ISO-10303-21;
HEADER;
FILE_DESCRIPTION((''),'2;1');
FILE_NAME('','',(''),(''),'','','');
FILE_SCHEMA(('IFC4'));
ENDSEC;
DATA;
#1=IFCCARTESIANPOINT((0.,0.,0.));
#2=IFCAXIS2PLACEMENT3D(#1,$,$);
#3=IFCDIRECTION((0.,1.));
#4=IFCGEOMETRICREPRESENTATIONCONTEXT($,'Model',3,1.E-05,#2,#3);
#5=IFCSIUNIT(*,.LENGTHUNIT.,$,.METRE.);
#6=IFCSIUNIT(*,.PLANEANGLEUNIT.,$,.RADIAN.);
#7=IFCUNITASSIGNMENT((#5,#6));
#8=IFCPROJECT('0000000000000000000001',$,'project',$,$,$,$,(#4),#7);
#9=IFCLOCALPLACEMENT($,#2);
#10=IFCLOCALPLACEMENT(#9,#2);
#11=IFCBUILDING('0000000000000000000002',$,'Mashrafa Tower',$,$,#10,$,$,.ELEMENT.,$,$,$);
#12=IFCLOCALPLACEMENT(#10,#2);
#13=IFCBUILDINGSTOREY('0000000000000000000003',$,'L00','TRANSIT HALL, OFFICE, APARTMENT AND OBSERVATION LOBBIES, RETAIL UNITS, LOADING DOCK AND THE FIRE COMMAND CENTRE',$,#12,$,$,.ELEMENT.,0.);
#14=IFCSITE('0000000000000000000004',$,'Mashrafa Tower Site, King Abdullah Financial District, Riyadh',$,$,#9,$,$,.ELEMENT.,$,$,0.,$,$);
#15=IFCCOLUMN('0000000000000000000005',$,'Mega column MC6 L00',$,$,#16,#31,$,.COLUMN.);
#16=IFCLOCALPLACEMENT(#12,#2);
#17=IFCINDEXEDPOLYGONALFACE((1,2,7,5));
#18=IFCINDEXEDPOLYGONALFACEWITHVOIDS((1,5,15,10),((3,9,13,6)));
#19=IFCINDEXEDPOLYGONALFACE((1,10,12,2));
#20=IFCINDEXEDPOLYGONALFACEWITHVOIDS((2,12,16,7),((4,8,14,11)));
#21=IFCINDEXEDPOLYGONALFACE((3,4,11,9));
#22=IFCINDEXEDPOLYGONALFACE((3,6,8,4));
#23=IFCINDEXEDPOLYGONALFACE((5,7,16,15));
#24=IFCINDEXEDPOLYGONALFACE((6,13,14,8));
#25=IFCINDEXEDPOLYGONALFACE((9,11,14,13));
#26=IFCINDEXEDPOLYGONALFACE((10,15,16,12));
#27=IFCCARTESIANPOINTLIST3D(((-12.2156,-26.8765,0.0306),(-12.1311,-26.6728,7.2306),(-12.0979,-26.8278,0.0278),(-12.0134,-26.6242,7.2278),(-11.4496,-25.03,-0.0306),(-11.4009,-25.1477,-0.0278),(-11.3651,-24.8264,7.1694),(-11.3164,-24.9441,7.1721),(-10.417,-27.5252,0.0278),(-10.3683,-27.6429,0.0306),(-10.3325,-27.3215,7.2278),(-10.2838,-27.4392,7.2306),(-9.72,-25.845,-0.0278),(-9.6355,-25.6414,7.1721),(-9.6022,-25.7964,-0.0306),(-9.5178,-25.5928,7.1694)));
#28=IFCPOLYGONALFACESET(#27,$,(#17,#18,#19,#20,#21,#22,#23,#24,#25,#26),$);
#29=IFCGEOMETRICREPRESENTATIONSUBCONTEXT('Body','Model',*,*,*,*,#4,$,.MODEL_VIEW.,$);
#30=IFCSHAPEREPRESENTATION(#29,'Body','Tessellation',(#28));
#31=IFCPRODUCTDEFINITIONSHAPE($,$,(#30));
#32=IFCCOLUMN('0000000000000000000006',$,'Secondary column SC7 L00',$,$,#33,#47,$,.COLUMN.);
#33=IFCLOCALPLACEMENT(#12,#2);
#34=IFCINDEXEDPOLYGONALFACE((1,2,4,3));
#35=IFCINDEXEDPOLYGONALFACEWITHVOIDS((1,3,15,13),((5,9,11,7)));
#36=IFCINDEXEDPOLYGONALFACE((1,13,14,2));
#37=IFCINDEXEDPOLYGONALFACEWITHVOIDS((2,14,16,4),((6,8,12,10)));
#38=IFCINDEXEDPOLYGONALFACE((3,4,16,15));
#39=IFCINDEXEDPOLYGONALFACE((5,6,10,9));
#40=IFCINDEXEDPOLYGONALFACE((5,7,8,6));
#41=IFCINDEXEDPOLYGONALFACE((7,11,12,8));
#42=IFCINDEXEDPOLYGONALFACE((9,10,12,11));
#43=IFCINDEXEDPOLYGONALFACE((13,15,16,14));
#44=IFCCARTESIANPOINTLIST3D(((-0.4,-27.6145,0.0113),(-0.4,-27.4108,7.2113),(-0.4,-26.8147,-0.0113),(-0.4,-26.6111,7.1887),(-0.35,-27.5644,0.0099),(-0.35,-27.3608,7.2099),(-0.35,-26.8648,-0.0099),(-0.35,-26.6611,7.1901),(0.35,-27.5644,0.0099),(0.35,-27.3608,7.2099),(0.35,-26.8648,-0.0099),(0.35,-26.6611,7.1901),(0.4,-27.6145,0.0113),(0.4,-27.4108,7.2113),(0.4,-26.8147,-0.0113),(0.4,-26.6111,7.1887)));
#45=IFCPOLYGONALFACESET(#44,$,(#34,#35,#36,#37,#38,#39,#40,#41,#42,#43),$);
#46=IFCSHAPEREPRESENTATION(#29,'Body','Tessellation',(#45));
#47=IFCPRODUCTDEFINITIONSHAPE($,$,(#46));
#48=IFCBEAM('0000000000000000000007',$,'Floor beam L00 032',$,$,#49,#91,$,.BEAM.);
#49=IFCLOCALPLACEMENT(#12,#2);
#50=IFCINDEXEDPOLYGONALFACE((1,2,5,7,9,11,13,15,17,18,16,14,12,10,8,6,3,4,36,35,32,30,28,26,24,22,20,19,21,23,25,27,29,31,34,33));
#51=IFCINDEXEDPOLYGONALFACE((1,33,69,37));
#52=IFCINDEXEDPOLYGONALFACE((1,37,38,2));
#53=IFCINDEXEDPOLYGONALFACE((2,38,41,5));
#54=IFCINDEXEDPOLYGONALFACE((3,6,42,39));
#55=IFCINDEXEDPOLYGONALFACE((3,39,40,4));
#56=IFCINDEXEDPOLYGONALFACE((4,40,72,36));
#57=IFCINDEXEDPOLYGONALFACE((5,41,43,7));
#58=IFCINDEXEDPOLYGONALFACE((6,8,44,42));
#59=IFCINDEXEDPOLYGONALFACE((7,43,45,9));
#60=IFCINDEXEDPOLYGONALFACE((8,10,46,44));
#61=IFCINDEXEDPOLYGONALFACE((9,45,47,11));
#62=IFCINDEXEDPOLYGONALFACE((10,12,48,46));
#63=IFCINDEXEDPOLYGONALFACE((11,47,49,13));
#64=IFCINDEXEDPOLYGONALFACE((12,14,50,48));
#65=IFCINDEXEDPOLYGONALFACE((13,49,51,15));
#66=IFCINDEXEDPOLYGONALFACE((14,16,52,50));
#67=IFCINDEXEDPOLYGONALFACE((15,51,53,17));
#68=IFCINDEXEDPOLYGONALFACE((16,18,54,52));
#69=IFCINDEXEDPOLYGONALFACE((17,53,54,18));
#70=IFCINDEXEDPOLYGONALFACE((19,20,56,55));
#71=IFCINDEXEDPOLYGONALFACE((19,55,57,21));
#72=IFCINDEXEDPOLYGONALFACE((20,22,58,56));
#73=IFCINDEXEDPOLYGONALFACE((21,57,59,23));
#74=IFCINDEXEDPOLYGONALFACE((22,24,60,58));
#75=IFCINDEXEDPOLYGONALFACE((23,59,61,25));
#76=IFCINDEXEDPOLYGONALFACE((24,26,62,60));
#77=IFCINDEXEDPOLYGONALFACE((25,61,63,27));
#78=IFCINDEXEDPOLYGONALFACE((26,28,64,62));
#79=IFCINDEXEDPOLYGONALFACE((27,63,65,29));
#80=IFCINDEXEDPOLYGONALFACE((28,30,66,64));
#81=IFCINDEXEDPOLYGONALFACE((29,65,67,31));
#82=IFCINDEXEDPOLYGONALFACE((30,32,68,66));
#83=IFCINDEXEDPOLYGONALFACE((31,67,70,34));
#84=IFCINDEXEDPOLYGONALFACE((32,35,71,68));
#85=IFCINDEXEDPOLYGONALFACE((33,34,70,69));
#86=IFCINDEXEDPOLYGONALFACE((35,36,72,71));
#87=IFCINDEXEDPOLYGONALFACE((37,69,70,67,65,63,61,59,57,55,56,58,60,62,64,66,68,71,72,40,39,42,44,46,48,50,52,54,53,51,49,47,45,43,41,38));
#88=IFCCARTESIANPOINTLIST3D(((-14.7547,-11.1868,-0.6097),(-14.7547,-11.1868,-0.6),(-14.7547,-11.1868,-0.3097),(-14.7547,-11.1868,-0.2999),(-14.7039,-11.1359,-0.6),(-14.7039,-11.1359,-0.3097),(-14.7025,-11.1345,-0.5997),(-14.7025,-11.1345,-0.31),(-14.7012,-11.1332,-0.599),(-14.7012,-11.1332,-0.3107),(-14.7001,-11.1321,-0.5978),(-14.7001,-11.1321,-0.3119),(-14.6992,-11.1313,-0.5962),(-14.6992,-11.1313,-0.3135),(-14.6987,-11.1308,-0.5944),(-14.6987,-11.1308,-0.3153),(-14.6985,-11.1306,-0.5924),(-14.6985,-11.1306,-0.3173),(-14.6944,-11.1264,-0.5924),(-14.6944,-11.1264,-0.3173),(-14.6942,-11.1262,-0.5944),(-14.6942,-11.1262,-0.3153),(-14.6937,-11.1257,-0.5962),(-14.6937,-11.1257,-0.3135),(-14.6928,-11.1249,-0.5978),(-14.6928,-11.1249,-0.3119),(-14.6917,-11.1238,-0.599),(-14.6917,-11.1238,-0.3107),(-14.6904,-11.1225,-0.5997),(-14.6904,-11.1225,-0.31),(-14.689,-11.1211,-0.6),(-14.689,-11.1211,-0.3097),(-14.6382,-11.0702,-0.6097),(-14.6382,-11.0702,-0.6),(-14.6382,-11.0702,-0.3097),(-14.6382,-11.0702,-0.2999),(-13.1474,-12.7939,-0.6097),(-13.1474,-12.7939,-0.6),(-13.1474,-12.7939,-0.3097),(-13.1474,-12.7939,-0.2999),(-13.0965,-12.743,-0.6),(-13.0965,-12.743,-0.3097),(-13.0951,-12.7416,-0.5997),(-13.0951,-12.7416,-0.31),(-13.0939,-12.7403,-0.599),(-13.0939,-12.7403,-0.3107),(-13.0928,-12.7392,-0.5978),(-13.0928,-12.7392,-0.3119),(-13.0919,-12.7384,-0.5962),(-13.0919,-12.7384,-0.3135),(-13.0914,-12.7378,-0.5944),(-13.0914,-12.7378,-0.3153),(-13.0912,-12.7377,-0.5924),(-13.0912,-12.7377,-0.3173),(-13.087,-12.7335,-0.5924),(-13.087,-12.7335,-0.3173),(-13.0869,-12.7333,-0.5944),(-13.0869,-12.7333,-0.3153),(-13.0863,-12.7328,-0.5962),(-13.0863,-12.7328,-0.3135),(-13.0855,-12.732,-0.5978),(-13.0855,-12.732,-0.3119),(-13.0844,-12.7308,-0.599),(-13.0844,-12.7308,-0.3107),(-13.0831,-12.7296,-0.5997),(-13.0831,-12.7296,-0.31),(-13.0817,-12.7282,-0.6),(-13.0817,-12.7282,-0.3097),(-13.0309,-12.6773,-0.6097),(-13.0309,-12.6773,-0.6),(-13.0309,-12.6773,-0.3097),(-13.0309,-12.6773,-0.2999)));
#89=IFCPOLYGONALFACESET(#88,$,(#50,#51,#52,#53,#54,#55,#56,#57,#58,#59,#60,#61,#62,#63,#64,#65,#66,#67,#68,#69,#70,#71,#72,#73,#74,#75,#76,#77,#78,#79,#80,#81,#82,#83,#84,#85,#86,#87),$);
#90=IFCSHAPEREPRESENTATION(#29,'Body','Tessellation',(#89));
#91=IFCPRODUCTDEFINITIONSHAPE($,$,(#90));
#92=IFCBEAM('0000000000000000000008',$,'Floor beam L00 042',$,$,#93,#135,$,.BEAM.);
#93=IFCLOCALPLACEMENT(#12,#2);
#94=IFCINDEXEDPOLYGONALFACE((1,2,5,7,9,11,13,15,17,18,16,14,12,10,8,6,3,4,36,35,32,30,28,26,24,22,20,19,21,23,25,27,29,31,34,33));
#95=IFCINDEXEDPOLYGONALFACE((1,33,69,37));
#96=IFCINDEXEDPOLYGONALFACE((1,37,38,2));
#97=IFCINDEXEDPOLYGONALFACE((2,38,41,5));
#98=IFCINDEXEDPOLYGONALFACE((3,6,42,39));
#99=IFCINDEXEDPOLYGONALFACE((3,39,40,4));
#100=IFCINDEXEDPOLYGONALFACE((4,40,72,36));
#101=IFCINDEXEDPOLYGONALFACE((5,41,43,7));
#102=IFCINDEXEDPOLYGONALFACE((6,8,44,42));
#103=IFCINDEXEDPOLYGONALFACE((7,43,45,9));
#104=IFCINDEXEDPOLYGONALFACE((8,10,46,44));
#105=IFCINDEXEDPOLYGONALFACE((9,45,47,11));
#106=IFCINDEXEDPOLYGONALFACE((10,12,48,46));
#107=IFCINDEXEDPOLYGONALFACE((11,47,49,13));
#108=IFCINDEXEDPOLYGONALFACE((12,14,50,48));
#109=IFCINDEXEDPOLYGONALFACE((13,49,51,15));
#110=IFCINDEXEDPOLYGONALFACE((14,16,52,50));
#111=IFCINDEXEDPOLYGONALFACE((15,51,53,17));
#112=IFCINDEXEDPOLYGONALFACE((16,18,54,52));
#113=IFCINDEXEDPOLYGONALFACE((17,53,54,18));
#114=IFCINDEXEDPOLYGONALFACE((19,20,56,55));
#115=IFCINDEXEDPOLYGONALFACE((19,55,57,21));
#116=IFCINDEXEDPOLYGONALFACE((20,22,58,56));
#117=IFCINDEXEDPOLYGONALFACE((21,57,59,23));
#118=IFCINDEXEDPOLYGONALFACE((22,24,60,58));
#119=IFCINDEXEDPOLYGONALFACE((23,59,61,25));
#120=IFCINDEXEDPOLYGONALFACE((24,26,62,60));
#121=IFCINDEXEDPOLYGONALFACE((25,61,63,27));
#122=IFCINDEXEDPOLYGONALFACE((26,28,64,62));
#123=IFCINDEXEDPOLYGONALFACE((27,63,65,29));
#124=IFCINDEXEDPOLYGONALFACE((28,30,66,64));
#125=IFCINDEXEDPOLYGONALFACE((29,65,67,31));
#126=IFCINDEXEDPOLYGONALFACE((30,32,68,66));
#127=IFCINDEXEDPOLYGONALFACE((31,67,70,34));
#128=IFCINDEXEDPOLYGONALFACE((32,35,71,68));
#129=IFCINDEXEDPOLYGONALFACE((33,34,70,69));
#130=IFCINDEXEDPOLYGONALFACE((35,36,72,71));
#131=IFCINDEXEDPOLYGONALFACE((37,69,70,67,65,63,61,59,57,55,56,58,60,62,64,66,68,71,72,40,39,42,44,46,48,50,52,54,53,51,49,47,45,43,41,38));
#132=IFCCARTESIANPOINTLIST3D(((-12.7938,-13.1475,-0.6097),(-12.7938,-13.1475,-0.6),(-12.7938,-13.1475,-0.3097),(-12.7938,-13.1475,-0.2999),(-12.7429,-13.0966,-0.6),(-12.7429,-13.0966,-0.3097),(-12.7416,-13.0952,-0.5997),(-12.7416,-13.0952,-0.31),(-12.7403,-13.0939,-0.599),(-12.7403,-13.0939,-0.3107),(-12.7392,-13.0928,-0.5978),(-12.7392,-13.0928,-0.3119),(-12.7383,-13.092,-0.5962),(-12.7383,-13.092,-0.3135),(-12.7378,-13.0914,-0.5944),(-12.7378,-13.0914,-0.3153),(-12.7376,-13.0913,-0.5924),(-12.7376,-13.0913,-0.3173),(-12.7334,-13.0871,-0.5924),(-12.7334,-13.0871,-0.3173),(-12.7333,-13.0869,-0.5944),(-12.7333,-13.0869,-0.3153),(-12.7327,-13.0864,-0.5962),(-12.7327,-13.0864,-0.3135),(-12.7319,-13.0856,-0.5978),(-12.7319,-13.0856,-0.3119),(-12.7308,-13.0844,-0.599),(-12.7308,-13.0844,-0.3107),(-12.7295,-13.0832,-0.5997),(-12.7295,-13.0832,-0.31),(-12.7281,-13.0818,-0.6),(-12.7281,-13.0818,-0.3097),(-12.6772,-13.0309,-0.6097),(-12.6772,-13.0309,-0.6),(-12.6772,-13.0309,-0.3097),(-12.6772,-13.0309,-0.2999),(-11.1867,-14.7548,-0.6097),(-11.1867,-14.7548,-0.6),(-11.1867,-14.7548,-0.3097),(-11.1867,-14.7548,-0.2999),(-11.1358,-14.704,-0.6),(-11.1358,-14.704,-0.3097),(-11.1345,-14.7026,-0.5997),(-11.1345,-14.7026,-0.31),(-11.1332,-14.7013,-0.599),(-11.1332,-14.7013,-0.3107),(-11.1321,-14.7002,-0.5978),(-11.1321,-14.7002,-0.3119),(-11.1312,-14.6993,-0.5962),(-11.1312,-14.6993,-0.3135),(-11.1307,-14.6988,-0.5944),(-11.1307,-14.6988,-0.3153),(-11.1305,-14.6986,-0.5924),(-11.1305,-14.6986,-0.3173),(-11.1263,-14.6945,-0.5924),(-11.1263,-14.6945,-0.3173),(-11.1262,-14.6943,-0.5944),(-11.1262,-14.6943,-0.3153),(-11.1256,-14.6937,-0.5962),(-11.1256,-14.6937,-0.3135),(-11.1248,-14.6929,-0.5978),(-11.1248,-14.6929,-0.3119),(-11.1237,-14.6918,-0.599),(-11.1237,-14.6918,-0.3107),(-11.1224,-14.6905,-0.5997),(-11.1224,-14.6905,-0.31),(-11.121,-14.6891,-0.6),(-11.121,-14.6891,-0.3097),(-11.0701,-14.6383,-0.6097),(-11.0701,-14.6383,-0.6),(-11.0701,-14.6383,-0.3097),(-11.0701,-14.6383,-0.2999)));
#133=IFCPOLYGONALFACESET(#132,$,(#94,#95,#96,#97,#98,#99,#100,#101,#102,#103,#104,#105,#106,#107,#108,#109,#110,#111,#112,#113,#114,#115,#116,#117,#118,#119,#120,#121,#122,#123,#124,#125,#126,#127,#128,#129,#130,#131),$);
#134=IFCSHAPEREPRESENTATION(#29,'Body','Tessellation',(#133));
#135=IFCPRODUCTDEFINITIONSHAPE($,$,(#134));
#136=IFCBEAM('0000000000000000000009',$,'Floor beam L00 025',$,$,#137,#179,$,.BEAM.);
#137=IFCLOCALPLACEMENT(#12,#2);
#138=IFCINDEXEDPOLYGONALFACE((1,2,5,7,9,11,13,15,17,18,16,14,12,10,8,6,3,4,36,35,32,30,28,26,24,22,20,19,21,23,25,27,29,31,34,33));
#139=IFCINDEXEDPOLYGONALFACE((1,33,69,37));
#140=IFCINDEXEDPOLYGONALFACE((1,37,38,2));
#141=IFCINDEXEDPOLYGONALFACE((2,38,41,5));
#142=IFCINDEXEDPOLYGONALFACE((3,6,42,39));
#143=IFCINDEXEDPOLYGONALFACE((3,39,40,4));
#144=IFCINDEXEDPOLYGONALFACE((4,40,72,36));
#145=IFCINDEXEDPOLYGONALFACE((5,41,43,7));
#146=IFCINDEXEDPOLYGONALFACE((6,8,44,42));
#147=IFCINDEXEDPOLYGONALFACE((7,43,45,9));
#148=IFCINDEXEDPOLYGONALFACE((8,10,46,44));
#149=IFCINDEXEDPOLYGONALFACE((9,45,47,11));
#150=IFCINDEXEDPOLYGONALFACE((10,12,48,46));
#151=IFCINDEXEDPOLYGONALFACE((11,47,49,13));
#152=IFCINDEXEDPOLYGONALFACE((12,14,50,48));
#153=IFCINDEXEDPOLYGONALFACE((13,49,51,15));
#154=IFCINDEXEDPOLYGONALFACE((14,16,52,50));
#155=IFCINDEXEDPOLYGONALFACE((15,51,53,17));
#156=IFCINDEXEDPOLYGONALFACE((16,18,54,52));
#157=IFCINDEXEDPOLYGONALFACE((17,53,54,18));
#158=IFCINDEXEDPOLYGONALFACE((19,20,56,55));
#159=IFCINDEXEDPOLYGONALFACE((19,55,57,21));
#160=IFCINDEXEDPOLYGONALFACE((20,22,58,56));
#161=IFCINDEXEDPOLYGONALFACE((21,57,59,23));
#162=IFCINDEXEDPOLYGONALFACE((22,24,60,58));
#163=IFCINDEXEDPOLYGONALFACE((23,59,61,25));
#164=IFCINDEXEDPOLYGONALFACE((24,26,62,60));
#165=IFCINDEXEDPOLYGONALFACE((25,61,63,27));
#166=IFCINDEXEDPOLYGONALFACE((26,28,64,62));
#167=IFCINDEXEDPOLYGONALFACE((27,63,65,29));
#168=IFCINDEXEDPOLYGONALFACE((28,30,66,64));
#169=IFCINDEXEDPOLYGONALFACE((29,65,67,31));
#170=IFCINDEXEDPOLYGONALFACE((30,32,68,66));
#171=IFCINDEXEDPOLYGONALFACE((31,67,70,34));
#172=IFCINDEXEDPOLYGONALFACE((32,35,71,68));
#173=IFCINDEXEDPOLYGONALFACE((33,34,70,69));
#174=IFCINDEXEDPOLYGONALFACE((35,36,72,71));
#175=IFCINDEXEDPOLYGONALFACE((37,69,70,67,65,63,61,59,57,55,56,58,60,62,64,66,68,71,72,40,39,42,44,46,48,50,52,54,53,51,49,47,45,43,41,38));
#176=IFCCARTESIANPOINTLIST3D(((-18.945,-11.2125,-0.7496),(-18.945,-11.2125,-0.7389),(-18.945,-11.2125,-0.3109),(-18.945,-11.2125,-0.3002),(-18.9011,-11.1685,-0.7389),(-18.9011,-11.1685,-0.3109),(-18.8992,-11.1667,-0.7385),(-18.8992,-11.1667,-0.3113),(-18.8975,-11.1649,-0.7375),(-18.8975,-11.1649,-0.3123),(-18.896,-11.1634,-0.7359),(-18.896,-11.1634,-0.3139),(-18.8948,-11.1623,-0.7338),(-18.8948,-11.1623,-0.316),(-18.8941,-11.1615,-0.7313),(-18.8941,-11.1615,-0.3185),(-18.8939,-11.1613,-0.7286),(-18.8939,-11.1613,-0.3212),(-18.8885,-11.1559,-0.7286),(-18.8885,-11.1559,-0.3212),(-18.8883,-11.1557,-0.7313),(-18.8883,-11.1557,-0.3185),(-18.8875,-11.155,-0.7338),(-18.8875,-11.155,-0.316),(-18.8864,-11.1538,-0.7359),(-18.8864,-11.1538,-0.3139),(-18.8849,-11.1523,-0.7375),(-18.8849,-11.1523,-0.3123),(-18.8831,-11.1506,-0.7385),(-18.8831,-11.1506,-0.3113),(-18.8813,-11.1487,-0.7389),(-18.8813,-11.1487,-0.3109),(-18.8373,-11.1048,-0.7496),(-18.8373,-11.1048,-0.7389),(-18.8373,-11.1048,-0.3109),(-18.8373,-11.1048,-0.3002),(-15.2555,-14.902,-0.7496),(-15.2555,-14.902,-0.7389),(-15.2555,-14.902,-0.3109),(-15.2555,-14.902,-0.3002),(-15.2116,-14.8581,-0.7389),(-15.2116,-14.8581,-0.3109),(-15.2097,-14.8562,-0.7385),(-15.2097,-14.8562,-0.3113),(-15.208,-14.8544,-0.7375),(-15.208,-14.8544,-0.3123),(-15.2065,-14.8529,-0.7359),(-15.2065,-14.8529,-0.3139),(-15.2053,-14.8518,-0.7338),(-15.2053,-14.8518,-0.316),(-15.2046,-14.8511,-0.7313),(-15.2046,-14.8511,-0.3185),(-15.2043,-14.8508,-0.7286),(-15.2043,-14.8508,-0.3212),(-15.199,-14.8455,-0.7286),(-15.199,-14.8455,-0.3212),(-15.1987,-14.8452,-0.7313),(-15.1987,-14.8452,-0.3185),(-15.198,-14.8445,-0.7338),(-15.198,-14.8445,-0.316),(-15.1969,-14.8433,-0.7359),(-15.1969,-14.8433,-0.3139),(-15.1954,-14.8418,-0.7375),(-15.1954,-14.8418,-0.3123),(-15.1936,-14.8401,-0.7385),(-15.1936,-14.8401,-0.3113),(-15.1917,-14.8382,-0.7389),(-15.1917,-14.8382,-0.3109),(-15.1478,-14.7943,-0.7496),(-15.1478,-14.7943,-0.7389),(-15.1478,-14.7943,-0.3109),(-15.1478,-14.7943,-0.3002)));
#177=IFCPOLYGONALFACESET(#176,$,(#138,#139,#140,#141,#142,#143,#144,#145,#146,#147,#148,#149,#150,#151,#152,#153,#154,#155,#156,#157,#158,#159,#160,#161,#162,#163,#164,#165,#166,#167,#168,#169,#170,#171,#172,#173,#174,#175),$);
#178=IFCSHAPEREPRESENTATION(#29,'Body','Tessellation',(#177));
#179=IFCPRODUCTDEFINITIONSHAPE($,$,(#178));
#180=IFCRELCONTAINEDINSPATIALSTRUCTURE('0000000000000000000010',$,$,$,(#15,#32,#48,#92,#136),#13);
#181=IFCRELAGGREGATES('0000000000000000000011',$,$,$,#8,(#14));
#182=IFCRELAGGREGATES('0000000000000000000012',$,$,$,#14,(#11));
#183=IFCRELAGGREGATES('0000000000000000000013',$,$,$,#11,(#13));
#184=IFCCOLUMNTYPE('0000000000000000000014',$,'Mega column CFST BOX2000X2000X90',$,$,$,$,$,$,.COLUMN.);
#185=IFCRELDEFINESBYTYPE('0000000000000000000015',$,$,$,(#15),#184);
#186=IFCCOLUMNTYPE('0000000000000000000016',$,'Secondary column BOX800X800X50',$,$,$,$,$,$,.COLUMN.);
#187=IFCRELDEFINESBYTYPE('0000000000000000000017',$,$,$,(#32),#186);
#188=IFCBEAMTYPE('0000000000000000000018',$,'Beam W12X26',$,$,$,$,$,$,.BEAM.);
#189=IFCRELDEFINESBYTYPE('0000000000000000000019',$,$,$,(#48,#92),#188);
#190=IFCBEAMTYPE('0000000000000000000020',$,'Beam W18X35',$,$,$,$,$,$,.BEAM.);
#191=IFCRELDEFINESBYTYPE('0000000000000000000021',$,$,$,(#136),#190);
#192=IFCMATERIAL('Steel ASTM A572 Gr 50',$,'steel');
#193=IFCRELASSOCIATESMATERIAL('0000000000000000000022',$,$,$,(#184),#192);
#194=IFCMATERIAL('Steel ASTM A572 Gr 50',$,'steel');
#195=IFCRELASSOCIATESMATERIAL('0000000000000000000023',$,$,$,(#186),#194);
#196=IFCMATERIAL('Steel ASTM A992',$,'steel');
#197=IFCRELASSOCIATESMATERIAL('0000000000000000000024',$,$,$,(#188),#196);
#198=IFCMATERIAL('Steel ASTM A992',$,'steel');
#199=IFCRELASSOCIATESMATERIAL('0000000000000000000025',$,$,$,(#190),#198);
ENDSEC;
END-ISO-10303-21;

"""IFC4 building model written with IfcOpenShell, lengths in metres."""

from ifc_helpers import new_model, si_unit, direction, frame, origin, origin_2d, place, context, subcontext, project, spatial, hollow_rectangle, i_section, extrude, material, material_profile, profile_set, type_object, element, save


model = new_model("IFC4")

# Units and contexts
model_context = context("Model", 3, precision=1e-05, world=origin(), true_north=direction((0.0, 1.0)))
body_context = subcontext(model_context, "Body", "Model", "MODEL_VIEW")
ifc_project = project(units=[si_unit("LENGTHUNIT", "METRE"), si_unit("PLANEANGLEUNIT", "RADIAN")], contexts=[model_context])

# Site, building, storey
site_placement = place(None, origin())
site = spatial("IfcSite", under=ifc_project, at=site_placement, Name="Mashrafa Tower Site, King Abdullah Financial District, Riyadh", CompositionType="ELEMENT", RefElevation=0.0)
building_placement = place(site_placement, origin())
building = spatial("IfcBuilding", under=site, at=building_placement, Name="Mashrafa Tower", CompositionType="ELEMENT")
storey_placement = place(building_placement, origin())
storey = spatial("IfcBuildingStorey", under=building, at=storey_placement, Name="L00", Description="TRANSIT HALL, OFFICE, APARTMENT AND OBSERVATION LOBBIES, RETAIL UNITS, LOADING DOCK AND THE FIRE COMMAND CENTRE", CompositionType="ELEMENT", Elevation=0.0)

# Columns
ifc_material_1 = material(Name="Steel ASTM A572 Gr 50", Category="steel")
ifc_material_profile_1 = material_profile(ifc_material_1, hollow_rectangle(XDim=2.0, YDim=2.0, WallThickness=0.0901, at=origin_2d()), Name="BOX2000X2000X90")
ifc_profile_set_1 = profile_set([ifc_material_profile_1], Name="Steel ASTM A572 Gr 50")
column_type_1 = type_object("IfcColumnType", Name="Mega column CFST BOX2000X2000X90", PredefinedType="COLUMN", material=ifc_profile_set_1)
column_1_placement = place(storey_placement, frame((-10.9089, -26.3364, 0.0), z_axis=(0.011727, 0.028267, 0.999532), x_axis=(-0.923666, 0.383199, 0.0)))
element("IfcColumn", 1, at=column_1_placement, inside=storey, type_object=column_type_1, Name="Mega column MC6 L00", PredefinedType="COLUMN", context=body_context, shape_type="SweptSolid", body=[
    extrude(hollow_rectangle(XDim=2.0, YDim=2.0, WallThickness=0.0901, at=origin_2d()), origin(), (0.0, 0.0, 1.0), 7.2034),
])
ifc_material_2 = material(Name="Steel ASTM A572 Gr 50", Category="steel")
ifc_material_profile_2 = material_profile(ifc_material_2, hollow_rectangle(XDim=0.8, YDim=0.8, WallThickness=0.05, at=origin_2d()), Name="BOX800X800X50")
ifc_profile_set_2 = profile_set([ifc_material_profile_2], Name="Steel ASTM A572 Gr 50")
column_type_2 = type_object("IfcColumnType", Name="Secondary column BOX800X800X50", PredefinedType="COLUMN", material=ifc_profile_set_2)
column_2_placement = place(storey_placement, frame((0.0, -27.2146, 0.0), z_axis=(0.0, 0.028269, 0.9996), x_axis=(-1.0, 0.0, 0.0)))
element("IfcColumn", 2, at=column_2_placement, inside=storey, type_object=column_type_2, Name="Secondary column SC7 L00", PredefinedType="COLUMN", context=body_context, shape_type="SweptSolid", body=[
    extrude(hollow_rectangle(XDim=0.8, YDim=0.8, WallThickness=0.05, at=origin_2d()), origin(), (0.0, 0.0, 1.0), 7.2029),
])

# Beams
ifc_material_3 = material(Name="Steel ASTM A992", Category="steel")
ifc_material_profile_3 = material_profile(ifc_material_3, i_section(OverallWidth=0.1648, OverallDepth=0.3098, WebThickness=0.0059, FlangeThickness=0.0098, FilletRadius=0.0076, at=origin_2d()), Name="W12X26")
ifc_profile_set_3 = profile_set([ifc_material_profile_3], Name="Steel ASTM A992")
beam_type_1 = type_object("IfcBeamType", Name="Beam W12X26", PredefinedType="BEAM", material=ifc_profile_set_3)
for number, where, z_axis, x_axis, name in (
    (3, (-13.0891, -12.7356, -0.4548), (-0.70716, 0.707053, 0.0), (-0.707053, -0.70716, 0.0), "Floor beam L00 032"),
    (4, (-11.1284, -14.6965, -0.4548), (-0.707053, 0.70716, 0.0), (-0.70716, -0.707053, 0.0), "Floor beam L00 042"),
):
    element("IfcBeam", number, at=place(storey_placement, frame(where, z_axis=z_axis, x_axis=x_axis)), inside=storey, type_object=beam_type_1, Name=name, PredefinedType="BEAM", context=body_context, shape_type="SweptSolid", body=[
        extrude(i_section(OverallWidth=0.1648, OverallDepth=0.3098, WebThickness=0.0059, FlangeThickness=0.0098, FilletRadius=0.0076, at=origin_2d()), origin(), (0.0, 0.0, 1.0), 2.2729),
    ])
ifc_material_4 = material(Name="Steel ASTM A992", Category="steel")
ifc_material_profile_4 = material_profile(ifc_material_4, i_section(OverallWidth=0.1523, OverallDepth=0.4495, WebThickness=0.0076, FlangeThickness=0.0107, FilletRadius=0.0103, at=origin_2d()), Name="W18X35")
ifc_profile_set_4 = profile_set([ifc_material_profile_4], Name="Steel ASTM A992")
beam_type_2 = type_object("IfcBeamType", Name="Beam W18X35", PredefinedType="BEAM", material=ifc_profile_set_4)
for number, where, z_axis, x_axis, name in (
    (5, (-15.2017, -14.8481, -0.5249), (-0.707107, 0.707107, 0.0), (-0.707107, -0.707107, 0.0), "Floor beam L00 025"),
):
    element("IfcBeam", number, at=place(storey_placement, frame(where, z_axis=z_axis, x_axis=x_axis)), inside=storey, type_object=beam_type_2, Name=name, PredefinedType="BEAM", context=body_context, shape_type="SweptSolid", body=[
        extrude(i_section(OverallWidth=0.1523, OverallDepth=0.4495, WebThickness=0.0076, FlangeThickness=0.0107, FilletRadius=0.0103, at=origin_2d()), origin(), (0.0, 0.0, 1.0), 5.2178),
    ])

save(model, "model.ifc")
